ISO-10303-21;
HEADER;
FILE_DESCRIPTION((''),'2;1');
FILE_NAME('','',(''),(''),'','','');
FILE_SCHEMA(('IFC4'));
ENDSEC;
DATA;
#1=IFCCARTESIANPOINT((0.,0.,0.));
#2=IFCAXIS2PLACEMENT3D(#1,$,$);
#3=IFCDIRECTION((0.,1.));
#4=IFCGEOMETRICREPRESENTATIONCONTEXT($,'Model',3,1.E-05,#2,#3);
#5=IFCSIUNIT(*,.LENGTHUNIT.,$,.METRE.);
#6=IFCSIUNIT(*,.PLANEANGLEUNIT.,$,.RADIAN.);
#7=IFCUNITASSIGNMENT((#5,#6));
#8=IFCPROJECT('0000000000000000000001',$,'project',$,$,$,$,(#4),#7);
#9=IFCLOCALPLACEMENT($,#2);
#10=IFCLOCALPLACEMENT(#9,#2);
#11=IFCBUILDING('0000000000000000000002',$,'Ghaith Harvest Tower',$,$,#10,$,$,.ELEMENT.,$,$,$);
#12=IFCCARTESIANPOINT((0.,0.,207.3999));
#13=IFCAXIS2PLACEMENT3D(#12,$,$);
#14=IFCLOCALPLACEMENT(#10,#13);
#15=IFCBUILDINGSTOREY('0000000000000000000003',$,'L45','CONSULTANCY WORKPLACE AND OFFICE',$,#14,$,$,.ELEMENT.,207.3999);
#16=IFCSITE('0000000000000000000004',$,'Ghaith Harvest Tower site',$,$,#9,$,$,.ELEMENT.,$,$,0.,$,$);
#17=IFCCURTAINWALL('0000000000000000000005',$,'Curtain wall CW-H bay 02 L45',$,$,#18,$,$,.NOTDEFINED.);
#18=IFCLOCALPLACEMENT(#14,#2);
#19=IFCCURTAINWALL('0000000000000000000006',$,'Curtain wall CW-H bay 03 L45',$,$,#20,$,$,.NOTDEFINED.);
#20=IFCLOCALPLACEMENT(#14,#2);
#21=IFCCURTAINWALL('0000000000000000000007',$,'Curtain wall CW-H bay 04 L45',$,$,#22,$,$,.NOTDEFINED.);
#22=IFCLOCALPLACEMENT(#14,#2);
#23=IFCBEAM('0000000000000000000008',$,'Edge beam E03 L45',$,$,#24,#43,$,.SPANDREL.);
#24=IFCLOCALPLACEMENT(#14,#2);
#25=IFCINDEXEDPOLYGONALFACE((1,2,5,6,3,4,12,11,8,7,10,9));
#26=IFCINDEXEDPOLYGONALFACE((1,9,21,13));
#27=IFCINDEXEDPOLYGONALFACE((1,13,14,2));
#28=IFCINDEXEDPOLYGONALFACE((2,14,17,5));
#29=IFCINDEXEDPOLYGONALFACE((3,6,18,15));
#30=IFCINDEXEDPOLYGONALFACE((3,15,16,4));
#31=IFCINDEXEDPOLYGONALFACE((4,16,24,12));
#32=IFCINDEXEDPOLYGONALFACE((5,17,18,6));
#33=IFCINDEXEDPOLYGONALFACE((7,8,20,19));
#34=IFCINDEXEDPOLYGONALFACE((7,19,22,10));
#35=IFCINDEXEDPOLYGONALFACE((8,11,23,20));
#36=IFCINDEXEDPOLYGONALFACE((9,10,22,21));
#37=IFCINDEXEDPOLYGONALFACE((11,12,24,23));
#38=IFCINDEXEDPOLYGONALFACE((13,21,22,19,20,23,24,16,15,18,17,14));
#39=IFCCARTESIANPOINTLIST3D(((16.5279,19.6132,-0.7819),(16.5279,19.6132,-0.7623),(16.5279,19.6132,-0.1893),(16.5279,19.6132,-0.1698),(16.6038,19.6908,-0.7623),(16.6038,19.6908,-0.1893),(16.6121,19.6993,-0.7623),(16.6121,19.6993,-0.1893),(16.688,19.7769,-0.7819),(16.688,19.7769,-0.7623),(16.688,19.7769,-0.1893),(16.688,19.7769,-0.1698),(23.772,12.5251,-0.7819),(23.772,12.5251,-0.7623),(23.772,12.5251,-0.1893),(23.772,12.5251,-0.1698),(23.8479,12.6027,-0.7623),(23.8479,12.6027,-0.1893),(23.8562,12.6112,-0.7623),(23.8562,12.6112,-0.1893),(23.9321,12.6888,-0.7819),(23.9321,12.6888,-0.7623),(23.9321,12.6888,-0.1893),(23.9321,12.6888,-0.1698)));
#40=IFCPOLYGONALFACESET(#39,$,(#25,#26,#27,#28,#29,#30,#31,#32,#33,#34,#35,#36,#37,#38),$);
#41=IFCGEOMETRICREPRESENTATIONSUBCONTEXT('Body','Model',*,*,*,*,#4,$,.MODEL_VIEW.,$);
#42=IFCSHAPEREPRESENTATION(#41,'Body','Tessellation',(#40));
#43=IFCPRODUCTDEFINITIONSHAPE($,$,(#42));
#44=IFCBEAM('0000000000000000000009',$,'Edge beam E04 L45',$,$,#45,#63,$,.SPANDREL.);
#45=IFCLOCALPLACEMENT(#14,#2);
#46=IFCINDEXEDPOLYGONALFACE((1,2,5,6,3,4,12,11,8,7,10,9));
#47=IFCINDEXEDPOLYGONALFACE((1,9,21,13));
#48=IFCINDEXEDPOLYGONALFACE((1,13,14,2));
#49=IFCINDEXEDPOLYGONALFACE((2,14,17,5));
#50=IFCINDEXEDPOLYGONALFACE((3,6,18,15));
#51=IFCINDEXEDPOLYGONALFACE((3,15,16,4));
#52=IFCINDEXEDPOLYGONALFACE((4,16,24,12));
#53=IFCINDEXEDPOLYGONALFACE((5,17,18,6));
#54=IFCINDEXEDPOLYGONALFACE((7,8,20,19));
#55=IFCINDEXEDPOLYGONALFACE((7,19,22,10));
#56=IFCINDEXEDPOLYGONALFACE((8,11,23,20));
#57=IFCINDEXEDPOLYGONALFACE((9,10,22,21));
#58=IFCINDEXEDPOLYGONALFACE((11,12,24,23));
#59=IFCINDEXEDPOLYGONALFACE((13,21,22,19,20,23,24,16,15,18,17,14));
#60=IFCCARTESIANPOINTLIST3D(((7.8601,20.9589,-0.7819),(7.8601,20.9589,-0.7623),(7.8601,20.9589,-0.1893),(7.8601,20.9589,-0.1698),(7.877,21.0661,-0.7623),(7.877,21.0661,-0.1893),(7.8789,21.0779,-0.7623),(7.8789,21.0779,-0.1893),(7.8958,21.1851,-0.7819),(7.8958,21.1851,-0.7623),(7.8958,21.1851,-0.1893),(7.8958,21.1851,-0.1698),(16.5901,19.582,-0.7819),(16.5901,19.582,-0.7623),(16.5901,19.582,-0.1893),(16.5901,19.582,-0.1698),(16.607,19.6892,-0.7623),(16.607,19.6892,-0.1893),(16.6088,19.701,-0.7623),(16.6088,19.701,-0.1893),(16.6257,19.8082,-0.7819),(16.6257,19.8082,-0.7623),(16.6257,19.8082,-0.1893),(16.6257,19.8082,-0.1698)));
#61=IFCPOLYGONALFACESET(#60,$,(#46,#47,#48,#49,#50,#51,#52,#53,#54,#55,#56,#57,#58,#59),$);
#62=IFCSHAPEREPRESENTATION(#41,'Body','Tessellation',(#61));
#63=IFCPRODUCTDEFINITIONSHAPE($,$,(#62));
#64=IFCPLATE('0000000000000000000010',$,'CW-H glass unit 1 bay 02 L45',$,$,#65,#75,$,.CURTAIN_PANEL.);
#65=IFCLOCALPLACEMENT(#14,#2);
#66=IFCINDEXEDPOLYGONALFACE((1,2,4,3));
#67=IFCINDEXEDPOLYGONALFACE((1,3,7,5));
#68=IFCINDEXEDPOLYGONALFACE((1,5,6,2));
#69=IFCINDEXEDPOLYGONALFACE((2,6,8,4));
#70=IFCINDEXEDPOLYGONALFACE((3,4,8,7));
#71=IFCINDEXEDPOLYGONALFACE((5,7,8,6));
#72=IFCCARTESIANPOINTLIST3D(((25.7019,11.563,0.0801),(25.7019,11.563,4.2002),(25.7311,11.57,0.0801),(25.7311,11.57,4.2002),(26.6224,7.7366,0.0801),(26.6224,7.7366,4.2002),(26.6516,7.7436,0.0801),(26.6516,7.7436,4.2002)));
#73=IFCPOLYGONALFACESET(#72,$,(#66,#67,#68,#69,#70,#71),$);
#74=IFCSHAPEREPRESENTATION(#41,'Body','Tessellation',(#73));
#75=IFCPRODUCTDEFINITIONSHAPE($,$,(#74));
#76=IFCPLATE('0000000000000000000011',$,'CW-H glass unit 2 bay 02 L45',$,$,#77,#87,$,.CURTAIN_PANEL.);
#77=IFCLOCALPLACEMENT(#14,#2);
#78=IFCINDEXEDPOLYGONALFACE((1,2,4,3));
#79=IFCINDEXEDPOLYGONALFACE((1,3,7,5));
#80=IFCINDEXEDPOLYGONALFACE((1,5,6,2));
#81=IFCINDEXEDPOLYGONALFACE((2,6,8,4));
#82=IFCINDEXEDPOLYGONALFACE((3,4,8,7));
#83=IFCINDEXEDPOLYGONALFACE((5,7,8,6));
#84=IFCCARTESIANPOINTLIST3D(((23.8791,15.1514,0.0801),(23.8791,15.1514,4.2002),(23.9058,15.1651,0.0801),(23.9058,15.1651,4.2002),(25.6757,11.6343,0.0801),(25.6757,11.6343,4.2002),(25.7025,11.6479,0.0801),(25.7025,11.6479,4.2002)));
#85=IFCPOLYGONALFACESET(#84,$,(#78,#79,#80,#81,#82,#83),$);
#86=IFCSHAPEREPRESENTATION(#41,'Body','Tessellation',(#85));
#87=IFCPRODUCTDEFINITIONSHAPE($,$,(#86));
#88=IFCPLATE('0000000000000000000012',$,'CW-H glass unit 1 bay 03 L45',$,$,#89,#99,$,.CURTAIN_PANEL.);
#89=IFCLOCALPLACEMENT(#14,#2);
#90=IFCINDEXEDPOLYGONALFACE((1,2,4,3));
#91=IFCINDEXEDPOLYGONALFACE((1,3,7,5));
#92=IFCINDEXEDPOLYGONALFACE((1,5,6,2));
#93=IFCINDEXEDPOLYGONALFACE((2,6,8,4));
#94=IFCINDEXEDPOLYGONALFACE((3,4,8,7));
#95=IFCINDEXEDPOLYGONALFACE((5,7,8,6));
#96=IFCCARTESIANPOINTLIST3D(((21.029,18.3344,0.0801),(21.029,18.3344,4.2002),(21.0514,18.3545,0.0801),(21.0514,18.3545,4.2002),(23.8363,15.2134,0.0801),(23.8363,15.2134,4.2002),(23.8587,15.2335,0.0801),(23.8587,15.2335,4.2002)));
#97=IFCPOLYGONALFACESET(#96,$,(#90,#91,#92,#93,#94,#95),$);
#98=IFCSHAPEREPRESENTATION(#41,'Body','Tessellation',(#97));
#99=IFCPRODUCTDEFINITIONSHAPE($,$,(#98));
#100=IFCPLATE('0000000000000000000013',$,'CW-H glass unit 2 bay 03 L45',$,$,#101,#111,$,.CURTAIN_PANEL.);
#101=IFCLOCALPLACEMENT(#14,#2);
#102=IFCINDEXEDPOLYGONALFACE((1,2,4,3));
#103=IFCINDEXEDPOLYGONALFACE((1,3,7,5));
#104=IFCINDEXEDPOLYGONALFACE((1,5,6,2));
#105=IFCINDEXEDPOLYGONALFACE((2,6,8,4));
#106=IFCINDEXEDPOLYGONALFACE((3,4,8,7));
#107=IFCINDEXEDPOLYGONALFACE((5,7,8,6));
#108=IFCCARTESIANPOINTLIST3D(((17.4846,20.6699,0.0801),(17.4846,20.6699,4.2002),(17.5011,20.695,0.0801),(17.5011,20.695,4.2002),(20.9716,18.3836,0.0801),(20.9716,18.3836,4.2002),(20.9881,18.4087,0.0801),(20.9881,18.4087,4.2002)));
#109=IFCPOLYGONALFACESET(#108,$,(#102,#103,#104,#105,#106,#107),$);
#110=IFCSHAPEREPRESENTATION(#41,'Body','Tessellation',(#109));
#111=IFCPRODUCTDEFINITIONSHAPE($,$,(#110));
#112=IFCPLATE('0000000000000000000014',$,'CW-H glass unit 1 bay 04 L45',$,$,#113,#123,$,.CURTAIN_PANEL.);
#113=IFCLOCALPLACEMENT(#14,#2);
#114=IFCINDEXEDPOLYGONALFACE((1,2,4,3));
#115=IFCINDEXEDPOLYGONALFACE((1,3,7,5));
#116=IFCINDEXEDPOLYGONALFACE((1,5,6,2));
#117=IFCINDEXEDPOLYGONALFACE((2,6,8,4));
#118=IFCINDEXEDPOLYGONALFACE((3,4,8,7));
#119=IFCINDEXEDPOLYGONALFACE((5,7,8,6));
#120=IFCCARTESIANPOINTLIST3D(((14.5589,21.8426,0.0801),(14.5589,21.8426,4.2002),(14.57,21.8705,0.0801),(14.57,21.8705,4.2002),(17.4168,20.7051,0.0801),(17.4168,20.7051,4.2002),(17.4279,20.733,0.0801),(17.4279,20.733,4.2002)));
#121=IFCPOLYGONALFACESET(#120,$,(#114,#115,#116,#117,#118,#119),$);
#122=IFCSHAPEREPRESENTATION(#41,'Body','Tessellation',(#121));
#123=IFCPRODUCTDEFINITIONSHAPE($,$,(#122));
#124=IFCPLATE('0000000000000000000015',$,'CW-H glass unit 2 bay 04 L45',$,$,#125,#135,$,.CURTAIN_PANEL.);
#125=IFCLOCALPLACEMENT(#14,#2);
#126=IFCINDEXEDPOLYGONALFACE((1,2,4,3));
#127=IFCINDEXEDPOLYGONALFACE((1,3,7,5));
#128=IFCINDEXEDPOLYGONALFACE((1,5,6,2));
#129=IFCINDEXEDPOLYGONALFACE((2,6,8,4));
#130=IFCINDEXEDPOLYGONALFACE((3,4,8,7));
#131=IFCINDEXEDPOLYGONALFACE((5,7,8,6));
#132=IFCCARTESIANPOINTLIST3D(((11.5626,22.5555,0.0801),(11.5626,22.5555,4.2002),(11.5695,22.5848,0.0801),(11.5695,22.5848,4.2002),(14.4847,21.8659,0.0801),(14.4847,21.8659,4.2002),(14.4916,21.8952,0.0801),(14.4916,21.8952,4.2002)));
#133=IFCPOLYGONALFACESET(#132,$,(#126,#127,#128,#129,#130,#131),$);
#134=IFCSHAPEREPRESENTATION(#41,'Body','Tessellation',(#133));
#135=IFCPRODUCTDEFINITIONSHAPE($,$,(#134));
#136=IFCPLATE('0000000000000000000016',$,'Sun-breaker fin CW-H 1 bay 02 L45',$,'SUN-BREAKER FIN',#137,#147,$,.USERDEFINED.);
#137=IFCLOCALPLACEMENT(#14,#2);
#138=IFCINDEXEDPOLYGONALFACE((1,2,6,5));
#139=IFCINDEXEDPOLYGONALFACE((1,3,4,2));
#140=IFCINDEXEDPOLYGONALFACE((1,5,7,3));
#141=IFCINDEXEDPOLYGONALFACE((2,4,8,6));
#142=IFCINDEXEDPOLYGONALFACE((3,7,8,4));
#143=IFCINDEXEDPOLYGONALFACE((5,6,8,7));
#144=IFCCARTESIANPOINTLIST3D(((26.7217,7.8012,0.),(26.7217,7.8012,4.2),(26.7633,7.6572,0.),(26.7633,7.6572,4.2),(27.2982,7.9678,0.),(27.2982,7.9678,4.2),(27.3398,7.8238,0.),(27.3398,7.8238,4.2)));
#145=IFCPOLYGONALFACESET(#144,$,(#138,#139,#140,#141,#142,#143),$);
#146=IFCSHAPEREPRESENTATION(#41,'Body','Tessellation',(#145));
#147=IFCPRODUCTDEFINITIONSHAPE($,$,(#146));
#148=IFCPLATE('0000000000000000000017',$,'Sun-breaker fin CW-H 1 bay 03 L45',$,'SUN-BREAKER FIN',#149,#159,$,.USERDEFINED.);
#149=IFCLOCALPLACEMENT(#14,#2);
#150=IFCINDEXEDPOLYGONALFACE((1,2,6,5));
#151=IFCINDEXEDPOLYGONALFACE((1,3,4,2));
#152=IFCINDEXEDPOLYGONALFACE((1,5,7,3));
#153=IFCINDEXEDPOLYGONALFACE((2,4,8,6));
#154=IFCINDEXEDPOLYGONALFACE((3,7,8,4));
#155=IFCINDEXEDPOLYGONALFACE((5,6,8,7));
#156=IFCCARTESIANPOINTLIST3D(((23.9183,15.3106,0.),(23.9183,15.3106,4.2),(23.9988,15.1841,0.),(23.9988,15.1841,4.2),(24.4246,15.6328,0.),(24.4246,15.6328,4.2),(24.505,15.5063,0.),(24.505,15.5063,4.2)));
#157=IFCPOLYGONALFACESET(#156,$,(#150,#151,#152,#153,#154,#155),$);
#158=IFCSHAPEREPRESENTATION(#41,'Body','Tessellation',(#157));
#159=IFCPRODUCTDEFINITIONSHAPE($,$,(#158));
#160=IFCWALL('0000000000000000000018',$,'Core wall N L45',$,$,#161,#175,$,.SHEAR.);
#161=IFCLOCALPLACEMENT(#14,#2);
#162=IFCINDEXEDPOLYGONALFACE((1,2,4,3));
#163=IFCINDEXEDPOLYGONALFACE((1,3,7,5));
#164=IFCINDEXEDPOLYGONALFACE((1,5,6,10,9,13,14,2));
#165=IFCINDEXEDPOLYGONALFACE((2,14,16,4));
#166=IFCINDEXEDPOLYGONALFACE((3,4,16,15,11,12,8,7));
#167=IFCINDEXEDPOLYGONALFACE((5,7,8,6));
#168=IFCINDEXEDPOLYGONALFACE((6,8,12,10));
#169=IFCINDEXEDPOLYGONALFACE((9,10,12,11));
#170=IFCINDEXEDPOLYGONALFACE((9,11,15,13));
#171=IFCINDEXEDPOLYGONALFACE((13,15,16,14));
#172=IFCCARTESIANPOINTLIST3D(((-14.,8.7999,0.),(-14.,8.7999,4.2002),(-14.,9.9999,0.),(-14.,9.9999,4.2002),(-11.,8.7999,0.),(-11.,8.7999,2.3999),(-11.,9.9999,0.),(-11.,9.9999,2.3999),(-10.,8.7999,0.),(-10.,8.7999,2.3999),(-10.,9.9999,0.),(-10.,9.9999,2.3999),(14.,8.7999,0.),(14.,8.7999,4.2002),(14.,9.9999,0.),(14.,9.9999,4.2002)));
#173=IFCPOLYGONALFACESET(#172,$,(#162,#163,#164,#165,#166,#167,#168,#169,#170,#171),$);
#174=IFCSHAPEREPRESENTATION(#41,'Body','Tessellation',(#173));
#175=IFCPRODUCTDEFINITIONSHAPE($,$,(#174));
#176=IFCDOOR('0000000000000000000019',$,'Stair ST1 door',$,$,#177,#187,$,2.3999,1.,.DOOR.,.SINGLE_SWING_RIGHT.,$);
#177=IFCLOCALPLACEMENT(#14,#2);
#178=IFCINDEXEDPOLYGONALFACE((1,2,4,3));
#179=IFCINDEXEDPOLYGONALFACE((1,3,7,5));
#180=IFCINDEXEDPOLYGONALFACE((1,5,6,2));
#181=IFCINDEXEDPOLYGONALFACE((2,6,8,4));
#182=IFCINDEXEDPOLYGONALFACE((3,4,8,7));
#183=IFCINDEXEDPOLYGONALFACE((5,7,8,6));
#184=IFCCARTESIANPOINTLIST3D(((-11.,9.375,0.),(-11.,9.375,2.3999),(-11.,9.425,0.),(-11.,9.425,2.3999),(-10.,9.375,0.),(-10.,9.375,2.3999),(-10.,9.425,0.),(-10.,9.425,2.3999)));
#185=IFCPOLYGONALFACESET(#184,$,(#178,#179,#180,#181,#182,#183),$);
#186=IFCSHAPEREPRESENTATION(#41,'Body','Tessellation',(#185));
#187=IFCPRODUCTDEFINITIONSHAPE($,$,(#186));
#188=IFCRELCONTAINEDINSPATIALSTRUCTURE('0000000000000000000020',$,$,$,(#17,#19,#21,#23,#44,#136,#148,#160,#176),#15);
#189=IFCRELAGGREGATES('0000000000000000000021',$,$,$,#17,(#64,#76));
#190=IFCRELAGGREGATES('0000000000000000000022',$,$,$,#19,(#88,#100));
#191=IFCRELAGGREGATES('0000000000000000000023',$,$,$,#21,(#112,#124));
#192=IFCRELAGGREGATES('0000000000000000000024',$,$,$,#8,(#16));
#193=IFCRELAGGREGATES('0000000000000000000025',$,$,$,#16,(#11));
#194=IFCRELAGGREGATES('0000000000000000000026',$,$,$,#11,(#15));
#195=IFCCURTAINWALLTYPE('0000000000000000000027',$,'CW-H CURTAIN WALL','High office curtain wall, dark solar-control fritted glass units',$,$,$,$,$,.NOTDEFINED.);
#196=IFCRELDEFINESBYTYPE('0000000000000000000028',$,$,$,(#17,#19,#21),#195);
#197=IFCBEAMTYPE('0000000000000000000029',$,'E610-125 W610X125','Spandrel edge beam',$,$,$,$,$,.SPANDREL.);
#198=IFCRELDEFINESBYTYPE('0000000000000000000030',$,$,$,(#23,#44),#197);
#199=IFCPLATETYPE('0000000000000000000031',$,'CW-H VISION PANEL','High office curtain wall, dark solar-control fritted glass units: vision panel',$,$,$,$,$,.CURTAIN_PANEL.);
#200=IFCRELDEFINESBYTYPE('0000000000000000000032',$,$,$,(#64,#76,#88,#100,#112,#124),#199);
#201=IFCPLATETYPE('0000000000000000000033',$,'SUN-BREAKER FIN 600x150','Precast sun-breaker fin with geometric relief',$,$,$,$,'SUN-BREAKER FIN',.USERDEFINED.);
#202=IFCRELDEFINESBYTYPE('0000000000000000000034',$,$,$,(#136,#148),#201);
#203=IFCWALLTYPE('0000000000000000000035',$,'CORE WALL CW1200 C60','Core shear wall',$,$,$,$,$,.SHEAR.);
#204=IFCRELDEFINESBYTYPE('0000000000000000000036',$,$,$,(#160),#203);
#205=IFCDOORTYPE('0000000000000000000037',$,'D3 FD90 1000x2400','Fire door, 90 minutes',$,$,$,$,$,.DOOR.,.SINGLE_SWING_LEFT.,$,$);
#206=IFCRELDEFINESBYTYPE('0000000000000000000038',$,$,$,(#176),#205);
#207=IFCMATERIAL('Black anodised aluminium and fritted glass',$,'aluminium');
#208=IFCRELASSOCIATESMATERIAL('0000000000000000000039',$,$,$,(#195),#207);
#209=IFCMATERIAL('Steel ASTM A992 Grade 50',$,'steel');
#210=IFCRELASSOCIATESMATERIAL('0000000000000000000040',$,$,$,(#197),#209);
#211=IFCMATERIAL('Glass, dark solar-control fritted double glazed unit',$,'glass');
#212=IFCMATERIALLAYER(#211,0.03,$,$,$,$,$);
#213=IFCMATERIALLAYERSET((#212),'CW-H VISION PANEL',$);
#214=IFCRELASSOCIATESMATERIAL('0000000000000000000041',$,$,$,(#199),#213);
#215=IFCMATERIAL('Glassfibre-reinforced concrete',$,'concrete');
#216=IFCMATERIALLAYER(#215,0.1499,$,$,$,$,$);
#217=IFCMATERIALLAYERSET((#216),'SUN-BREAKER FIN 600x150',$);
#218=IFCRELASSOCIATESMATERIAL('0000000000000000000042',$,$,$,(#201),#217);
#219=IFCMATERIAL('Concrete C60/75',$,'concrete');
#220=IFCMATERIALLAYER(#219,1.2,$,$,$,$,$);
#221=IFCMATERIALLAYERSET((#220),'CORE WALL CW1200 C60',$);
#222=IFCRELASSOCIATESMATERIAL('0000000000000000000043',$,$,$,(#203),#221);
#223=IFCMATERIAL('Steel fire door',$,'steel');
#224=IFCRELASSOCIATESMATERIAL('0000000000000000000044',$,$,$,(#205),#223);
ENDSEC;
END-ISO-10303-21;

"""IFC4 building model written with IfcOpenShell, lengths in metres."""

from ifc_helpers import new_model, si_unit, direction, frame, frame_2d, origin, origin_2d, place, context, subcontext, project, spatial, rectangle, i_section, extrude, material, layer, layer_set, material_profile, profile_set, type_object, element, fill, aggregate, save


model = new_model("IFC4")

# Units and contexts
model_context = context("Model", 3, precision=1e-05, world=origin(), true_north=direction((0.0, 1.0)))
body_context = subcontext(model_context, "Body", "Model", "MODEL_VIEW")
ifc_project = project(units=[si_unit("LENGTHUNIT", "METRE"), si_unit("PLANEANGLEUNIT", "RADIAN")], contexts=[model_context])

# Site, building, storey
site_placement = place(None, origin())
site = spatial("IfcSite", under=ifc_project, at=site_placement, Name="Ghaith Harvest Tower site", CompositionType="ELEMENT", RefElevation=0.0)
building_placement = place(site_placement, origin())
building = spatial("IfcBuilding", under=site, at=building_placement, Name="Ghaith Harvest Tower", CompositionType="ELEMENT")
storey_placement = place(building_placement, frame((0.0, 0.0, 207.3999)))
storey = spatial("IfcBuildingStorey", under=building, at=storey_placement, Name="L45", Description="CONSULTANCY WORKPLACE AND OFFICE", CompositionType="ELEMENT", Elevation=207.3999)

# Curtain wall
ifc_material_1 = material(Name="Black anodised aluminium and fritted glass", Category="aluminium")
curtain_wall_type = type_object("IfcCurtainWallType", Name="CW-H CURTAIN WALL", Description="High office curtain wall, dark solar-control fritted glass units", PredefinedType="NOTDEFINED", material=ifc_material_1)
curtain_wall_1_placement = place(storey_placement, origin())
curtain_wall_1 = element("IfcCurtainWall", 1, at=curtain_wall_1_placement, inside=storey, type_object=curtain_wall_type, Name="Curtain wall CW-H bay 02 L45", PredefinedType="NOTDEFINED")

# Curtain walls
curtain_wall_2_placement = place(storey_placement, origin())
curtain_wall_2 = element("IfcCurtainWall", 2, at=curtain_wall_2_placement, inside=storey, type_object=curtain_wall_type, Name="Curtain wall CW-H bay 03 L45", PredefinedType="NOTDEFINED")
curtain_wall_3_placement = place(storey_placement, origin())
curtain_wall_3 = element("IfcCurtainWall", 3, at=curtain_wall_3_placement, inside=storey, type_object=curtain_wall_type, Name="Curtain wall CW-H bay 04 L45", PredefinedType="NOTDEFINED")

# Beams
ifc_material_2 = material(Name="Steel ASTM A992 Grade 50", Category="steel")
ifc_material_profile_1 = material_profile(ifc_material_2, i_section(OverallWidth=0.229, OverallDepth=0.6121, WebThickness=0.012, FlangeThickness=0.0195, at=origin_2d()), Name="W610X125")
ifc_profile_set_1 = profile_set([ifc_material_profile_1], Name="Steel ASTM A992 Grade 50")
beam_type = type_object("IfcBeamType", Name="E610-125 W610X125", Description="Spandrel edge beam", PredefinedType="SPANDREL", material=ifc_profile_set_1)
beam_1_placement = place(storey_placement, frame((23.8521, 12.6069, -0.4758), z_axis=(-0.714761, 0.699369, 0.0), x_axis=(-0.699369, -0.714761, 0.0)))
element("IfcBeam", 4, at=beam_1_placement, inside=storey, type_object=beam_type, Name="Edge beam E03 L45", PredefinedType="SPANDREL", context=body_context, shape_type="SweptSolid", body=[
    extrude(i_section(OverallWidth=0.229, OverallDepth=0.6121, WebThickness=0.012, FlangeThickness=0.0195, at=origin_2d()), origin(), (0.0, 0.0, 1.0), 10.135),
])
beam_2_placement = place(storey_placement, frame((16.6079, 19.6951, -0.4758), z_axis=(-0.987788, 0.155801, 0.0), x_axis=(-0.155801, -0.987788, 0.0)))
element("IfcBeam", 5, at=beam_2_placement, inside=storey, type_object=beam_type, Name="Edge beam E04 L45", PredefinedType="SPANDREL", context=body_context, shape_type="SweptSolid", body=[
    extrude(i_section(OverallWidth=0.229, OverallDepth=0.6121, WebThickness=0.012, FlangeThickness=0.0195, at=origin_2d()), origin(), (0.0, 0.0, 1.0), 8.8379),
])

# Plates
ifc_material_3 = material(Name="Glass, dark solar-control fritted double glazed unit", Category="glass")
ifc_layer_1 = layer(ifc_material_3, 0.03)
ifc_layer_set_1 = layer_set([ifc_layer_1], Name="CW-H VISION PANEL")
plate_type_1 = type_object("IfcPlateType", Name="CW-H VISION PANEL", Description="High office curtain wall, dark solar-control fritted glass units: vision panel", PredefinedType="CURTAIN_PANEL", material=ifc_layer_set_1)
plate_1_placement = place(storey_placement, frame((26.1768, 9.6533, 0.0801), z_axis=(0.0, 0.0, 1.0), x_axis=(-0.233894, 0.972262, 0.0)))
plate_1 = element("IfcPlate", 6, at=plate_1_placement, type_object=plate_type_1, Name="CW-H glass unit 1 bay 02 L45", PredefinedType="CURTAIN_PANEL", context=body_context, shape_type="SweptSolid", body=[
    extrude(rectangle(XDim=3.9355, YDim=0.03, at=origin_2d()), origin(), (0.0, 0.0, 1.0), 4.1201),
])
plate_2_placement = place(storey_placement, frame((24.7908, 13.3997, 0.0801), z_axis=(0.0, 0.0, 1.0), x_axis=(-0.454915, 0.890535, 0.0)))
plate_2 = element("IfcPlate", 7, at=plate_2_placement, type_object=plate_type_1, Name="CW-H glass unit 2 bay 02 L45", PredefinedType="CURTAIN_PANEL", context=body_context, shape_type="SweptSolid", body=[
    extrude(rectangle(XDim=3.9495, YDim=0.03, at=origin_2d()), origin(), (0.0, 0.0, 1.0), 4.1201),
])
aggregate(curtain_wall_1, [plate_1, plate_2])
plate_3_placement = place(storey_placement, frame((22.4438, 16.7839, 0.0801), z_axis=(0.0, 0.0, 1.0), x_axis=(-0.668758, 0.74348, 0.0)))
plate_3 = element("IfcPlate", 8, at=plate_3_placement, type_object=plate_type_1, Name="CW-H glass unit 1 bay 03 L45", PredefinedType="CURTAIN_PANEL", context=body_context, shape_type="SweptSolid", body=[
    extrude(rectangle(XDim=4.1978, YDim=0.03, at=origin_2d()), origin(), (0.0, 0.0, 1.0), 4.1201),
])
plate_4_placement = place(storey_placement, frame((19.2363, 19.5393, 0.0801), z_axis=(0.0, 0.0, 1.0), x_axis=(-0.836277, 0.548308, 0.0)))
plate_4 = element("IfcPlate", 9, at=plate_4_placement, type_object=plate_type_1, Name="CW-H glass unit 2 bay 03 L45", PredefinedType="CURTAIN_PANEL", context=body_context, shape_type="SweptSolid", body=[
    extrude(rectangle(XDim=4.1697, YDim=0.03, at=origin_2d()), origin(), (0.0, 0.0, 1.0), 4.1201),
])
aggregate(curtain_wall_2, [plate_3, plate_4])
plate_5_placement = place(storey_placement, frame((15.9934, 21.2878, 0.0801), z_axis=(0.0, 0.0, 1.0), x_axis=(-0.929107, 0.36981, 0.0)))
plate_5 = element("IfcPlate", 10, at=plate_5_placement, type_object=plate_type_1, Name="CW-H glass unit 1 bay 04 L45", PredefinedType="CURTAIN_PANEL", context=body_context, shape_type="SweptSolid", body=[
    extrude(rectangle(XDim=3.0759, YDim=0.03, at=origin_2d()), origin(), (0.0, 0.0, 1.0), 4.1201),
])
plate_6_placement = place(storey_placement, frame((13.0271, 22.2253, 0.0801), z_axis=(0.0, 0.0, 1.0), x_axis=(-0.973266, 0.22968, 0.0)))
plate_6 = element("IfcPlate", 11, at=plate_6_placement, type_object=plate_type_1, Name="CW-H glass unit 2 bay 04 L45", PredefinedType="CURTAIN_PANEL", context=body_context, shape_type="SweptSolid", body=[
    extrude(rectangle(XDim=3.0024, YDim=0.03, at=origin_2d()), origin(), (0.0, 0.0, 1.0), 4.1201),
])
aggregate(curtain_wall_3, [plate_5, plate_6])

# Plates
ifc_material_4 = material(Name="Glassfibre-reinforced concrete", Category="concrete")
ifc_layer_2 = layer(ifc_material_4, 0.1499)
ifc_layer_set_2 = layer_set([ifc_layer_2], Name="SUN-BREAKER FIN 600x150")
plate_type_2 = type_object("IfcPlateType", Name="SUN-BREAKER FIN 600x150", Description="Precast sun-breaker fin with geometric relief", ElementType="SUN-BREAKER FIN", PredefinedType="USERDEFINED", material=ifc_layer_set_2)
for number, where, z_axis, x_axis, name in (
    (12, (27.0308, 7.8125, 0.0), (0.0, 0.0, 1.0), (0.96068, 0.277657, 0.0), "Sun-breaker fin CW-H 1 bay 02 L45"),
    (13, (24.2117, 15.4084, 0.0), (0.0, 0.0, 1.0), (0.843644, 0.536903, 0.0), "Sun-breaker fin CW-H 1 bay 03 L45"),
):
    element("IfcPlate", number, at=place(storey_placement, frame(where, z_axis=z_axis, x_axis=x_axis)), inside=storey, type_object=plate_type_2, Name=name, ObjectType="SUN-BREAKER FIN", PredefinedType="USERDEFINED", context=body_context, shape_type="SweptSolid", body=[
        extrude(rectangle(XDim=0.6001, YDim=0.1499, at=origin_2d()), origin(), (0.0, 0.0, 1.0), 4.2),
    ])

# Wall, opening, door
ifc_material_5 = material(Name="Concrete C60/75", Category="concrete")
ifc_layer_3 = layer(ifc_material_5, 1.2)
ifc_layer_set_3 = layer_set([ifc_layer_3], Name="CORE WALL CW1200 C60")
wall_type_1 = type_object("IfcWallType", Name="CORE WALL CW1200 C60", Description="Core shear wall", PredefinedType="SHEAR", material=ifc_layer_set_3)
wall_1_placement = place(storey_placement, frame((14.0, 9.3999, 0.0), z_axis=(0.0, 0.0, 1.0), x_axis=(-1.0, 0.0, 0.0)))
wall_1 = element("IfcWall", 14, at=wall_1_placement, inside=storey, type_object=wall_type_1, Name="Core wall N L45", PredefinedType="SHEAR", context=body_context, shape_type="SweptSolid", body=[
    extrude(rectangle(XDim=28.0, YDim=1.2, at=frame_2d((14.0, 0.0))), origin(), (0.0, 0.0, 1.0), 4.2002),
])
opening_placement = place(wall_1_placement, frame((24.0, 0.0, 0.0)))
opening = element("IfcOpeningElement", 15, at=opening_placement, cuts=wall_1, PredefinedType="OPENING", context=body_context, shape_type="SweptSolid", body=[
    extrude(rectangle(XDim=1.0, YDim=2.3999, at=frame_2d((0.5, 1.2))), frame((0.0, 0.6099, 0.0), z_axis=(0.0, -1.0, 0.0), x_axis=(1.0, 0.0, 0.0)), (0.0, 0.0, 1.0), 1.22),
])
ifc_material_6 = material(Name="Steel fire door", Category="steel")
door_type = type_object("IfcDoorType", Name="D3 FD90 1000x2400", Description="Fire door, 90 minutes", OperationType="SINGLE_SWING_LEFT", PredefinedType="DOOR", material=ifc_material_6)
door_placement = place(opening_placement, origin())
door = element("IfcDoor", 16, at=door_placement, inside=storey, type_object=door_type, Name="Stair ST1 door", OperationType="SINGLE_SWING_RIGHT", OverallHeight=2.3999, OverallWidth=1.0, PredefinedType="DOOR", context=body_context, shape_type="SweptSolid", body=[
    extrude(rectangle(XDim=1.0, YDim=2.3999, at=frame_2d((0.5, 1.2))), frame((0.0, 0.0249, 0.0), z_axis=(0.0, -1.0, 0.0), x_axis=(1.0, 0.0, 0.0)), (0.0, 0.0, 1.0), 0.05),
])
fill(opening, door)

save(model, "model.ifc")
